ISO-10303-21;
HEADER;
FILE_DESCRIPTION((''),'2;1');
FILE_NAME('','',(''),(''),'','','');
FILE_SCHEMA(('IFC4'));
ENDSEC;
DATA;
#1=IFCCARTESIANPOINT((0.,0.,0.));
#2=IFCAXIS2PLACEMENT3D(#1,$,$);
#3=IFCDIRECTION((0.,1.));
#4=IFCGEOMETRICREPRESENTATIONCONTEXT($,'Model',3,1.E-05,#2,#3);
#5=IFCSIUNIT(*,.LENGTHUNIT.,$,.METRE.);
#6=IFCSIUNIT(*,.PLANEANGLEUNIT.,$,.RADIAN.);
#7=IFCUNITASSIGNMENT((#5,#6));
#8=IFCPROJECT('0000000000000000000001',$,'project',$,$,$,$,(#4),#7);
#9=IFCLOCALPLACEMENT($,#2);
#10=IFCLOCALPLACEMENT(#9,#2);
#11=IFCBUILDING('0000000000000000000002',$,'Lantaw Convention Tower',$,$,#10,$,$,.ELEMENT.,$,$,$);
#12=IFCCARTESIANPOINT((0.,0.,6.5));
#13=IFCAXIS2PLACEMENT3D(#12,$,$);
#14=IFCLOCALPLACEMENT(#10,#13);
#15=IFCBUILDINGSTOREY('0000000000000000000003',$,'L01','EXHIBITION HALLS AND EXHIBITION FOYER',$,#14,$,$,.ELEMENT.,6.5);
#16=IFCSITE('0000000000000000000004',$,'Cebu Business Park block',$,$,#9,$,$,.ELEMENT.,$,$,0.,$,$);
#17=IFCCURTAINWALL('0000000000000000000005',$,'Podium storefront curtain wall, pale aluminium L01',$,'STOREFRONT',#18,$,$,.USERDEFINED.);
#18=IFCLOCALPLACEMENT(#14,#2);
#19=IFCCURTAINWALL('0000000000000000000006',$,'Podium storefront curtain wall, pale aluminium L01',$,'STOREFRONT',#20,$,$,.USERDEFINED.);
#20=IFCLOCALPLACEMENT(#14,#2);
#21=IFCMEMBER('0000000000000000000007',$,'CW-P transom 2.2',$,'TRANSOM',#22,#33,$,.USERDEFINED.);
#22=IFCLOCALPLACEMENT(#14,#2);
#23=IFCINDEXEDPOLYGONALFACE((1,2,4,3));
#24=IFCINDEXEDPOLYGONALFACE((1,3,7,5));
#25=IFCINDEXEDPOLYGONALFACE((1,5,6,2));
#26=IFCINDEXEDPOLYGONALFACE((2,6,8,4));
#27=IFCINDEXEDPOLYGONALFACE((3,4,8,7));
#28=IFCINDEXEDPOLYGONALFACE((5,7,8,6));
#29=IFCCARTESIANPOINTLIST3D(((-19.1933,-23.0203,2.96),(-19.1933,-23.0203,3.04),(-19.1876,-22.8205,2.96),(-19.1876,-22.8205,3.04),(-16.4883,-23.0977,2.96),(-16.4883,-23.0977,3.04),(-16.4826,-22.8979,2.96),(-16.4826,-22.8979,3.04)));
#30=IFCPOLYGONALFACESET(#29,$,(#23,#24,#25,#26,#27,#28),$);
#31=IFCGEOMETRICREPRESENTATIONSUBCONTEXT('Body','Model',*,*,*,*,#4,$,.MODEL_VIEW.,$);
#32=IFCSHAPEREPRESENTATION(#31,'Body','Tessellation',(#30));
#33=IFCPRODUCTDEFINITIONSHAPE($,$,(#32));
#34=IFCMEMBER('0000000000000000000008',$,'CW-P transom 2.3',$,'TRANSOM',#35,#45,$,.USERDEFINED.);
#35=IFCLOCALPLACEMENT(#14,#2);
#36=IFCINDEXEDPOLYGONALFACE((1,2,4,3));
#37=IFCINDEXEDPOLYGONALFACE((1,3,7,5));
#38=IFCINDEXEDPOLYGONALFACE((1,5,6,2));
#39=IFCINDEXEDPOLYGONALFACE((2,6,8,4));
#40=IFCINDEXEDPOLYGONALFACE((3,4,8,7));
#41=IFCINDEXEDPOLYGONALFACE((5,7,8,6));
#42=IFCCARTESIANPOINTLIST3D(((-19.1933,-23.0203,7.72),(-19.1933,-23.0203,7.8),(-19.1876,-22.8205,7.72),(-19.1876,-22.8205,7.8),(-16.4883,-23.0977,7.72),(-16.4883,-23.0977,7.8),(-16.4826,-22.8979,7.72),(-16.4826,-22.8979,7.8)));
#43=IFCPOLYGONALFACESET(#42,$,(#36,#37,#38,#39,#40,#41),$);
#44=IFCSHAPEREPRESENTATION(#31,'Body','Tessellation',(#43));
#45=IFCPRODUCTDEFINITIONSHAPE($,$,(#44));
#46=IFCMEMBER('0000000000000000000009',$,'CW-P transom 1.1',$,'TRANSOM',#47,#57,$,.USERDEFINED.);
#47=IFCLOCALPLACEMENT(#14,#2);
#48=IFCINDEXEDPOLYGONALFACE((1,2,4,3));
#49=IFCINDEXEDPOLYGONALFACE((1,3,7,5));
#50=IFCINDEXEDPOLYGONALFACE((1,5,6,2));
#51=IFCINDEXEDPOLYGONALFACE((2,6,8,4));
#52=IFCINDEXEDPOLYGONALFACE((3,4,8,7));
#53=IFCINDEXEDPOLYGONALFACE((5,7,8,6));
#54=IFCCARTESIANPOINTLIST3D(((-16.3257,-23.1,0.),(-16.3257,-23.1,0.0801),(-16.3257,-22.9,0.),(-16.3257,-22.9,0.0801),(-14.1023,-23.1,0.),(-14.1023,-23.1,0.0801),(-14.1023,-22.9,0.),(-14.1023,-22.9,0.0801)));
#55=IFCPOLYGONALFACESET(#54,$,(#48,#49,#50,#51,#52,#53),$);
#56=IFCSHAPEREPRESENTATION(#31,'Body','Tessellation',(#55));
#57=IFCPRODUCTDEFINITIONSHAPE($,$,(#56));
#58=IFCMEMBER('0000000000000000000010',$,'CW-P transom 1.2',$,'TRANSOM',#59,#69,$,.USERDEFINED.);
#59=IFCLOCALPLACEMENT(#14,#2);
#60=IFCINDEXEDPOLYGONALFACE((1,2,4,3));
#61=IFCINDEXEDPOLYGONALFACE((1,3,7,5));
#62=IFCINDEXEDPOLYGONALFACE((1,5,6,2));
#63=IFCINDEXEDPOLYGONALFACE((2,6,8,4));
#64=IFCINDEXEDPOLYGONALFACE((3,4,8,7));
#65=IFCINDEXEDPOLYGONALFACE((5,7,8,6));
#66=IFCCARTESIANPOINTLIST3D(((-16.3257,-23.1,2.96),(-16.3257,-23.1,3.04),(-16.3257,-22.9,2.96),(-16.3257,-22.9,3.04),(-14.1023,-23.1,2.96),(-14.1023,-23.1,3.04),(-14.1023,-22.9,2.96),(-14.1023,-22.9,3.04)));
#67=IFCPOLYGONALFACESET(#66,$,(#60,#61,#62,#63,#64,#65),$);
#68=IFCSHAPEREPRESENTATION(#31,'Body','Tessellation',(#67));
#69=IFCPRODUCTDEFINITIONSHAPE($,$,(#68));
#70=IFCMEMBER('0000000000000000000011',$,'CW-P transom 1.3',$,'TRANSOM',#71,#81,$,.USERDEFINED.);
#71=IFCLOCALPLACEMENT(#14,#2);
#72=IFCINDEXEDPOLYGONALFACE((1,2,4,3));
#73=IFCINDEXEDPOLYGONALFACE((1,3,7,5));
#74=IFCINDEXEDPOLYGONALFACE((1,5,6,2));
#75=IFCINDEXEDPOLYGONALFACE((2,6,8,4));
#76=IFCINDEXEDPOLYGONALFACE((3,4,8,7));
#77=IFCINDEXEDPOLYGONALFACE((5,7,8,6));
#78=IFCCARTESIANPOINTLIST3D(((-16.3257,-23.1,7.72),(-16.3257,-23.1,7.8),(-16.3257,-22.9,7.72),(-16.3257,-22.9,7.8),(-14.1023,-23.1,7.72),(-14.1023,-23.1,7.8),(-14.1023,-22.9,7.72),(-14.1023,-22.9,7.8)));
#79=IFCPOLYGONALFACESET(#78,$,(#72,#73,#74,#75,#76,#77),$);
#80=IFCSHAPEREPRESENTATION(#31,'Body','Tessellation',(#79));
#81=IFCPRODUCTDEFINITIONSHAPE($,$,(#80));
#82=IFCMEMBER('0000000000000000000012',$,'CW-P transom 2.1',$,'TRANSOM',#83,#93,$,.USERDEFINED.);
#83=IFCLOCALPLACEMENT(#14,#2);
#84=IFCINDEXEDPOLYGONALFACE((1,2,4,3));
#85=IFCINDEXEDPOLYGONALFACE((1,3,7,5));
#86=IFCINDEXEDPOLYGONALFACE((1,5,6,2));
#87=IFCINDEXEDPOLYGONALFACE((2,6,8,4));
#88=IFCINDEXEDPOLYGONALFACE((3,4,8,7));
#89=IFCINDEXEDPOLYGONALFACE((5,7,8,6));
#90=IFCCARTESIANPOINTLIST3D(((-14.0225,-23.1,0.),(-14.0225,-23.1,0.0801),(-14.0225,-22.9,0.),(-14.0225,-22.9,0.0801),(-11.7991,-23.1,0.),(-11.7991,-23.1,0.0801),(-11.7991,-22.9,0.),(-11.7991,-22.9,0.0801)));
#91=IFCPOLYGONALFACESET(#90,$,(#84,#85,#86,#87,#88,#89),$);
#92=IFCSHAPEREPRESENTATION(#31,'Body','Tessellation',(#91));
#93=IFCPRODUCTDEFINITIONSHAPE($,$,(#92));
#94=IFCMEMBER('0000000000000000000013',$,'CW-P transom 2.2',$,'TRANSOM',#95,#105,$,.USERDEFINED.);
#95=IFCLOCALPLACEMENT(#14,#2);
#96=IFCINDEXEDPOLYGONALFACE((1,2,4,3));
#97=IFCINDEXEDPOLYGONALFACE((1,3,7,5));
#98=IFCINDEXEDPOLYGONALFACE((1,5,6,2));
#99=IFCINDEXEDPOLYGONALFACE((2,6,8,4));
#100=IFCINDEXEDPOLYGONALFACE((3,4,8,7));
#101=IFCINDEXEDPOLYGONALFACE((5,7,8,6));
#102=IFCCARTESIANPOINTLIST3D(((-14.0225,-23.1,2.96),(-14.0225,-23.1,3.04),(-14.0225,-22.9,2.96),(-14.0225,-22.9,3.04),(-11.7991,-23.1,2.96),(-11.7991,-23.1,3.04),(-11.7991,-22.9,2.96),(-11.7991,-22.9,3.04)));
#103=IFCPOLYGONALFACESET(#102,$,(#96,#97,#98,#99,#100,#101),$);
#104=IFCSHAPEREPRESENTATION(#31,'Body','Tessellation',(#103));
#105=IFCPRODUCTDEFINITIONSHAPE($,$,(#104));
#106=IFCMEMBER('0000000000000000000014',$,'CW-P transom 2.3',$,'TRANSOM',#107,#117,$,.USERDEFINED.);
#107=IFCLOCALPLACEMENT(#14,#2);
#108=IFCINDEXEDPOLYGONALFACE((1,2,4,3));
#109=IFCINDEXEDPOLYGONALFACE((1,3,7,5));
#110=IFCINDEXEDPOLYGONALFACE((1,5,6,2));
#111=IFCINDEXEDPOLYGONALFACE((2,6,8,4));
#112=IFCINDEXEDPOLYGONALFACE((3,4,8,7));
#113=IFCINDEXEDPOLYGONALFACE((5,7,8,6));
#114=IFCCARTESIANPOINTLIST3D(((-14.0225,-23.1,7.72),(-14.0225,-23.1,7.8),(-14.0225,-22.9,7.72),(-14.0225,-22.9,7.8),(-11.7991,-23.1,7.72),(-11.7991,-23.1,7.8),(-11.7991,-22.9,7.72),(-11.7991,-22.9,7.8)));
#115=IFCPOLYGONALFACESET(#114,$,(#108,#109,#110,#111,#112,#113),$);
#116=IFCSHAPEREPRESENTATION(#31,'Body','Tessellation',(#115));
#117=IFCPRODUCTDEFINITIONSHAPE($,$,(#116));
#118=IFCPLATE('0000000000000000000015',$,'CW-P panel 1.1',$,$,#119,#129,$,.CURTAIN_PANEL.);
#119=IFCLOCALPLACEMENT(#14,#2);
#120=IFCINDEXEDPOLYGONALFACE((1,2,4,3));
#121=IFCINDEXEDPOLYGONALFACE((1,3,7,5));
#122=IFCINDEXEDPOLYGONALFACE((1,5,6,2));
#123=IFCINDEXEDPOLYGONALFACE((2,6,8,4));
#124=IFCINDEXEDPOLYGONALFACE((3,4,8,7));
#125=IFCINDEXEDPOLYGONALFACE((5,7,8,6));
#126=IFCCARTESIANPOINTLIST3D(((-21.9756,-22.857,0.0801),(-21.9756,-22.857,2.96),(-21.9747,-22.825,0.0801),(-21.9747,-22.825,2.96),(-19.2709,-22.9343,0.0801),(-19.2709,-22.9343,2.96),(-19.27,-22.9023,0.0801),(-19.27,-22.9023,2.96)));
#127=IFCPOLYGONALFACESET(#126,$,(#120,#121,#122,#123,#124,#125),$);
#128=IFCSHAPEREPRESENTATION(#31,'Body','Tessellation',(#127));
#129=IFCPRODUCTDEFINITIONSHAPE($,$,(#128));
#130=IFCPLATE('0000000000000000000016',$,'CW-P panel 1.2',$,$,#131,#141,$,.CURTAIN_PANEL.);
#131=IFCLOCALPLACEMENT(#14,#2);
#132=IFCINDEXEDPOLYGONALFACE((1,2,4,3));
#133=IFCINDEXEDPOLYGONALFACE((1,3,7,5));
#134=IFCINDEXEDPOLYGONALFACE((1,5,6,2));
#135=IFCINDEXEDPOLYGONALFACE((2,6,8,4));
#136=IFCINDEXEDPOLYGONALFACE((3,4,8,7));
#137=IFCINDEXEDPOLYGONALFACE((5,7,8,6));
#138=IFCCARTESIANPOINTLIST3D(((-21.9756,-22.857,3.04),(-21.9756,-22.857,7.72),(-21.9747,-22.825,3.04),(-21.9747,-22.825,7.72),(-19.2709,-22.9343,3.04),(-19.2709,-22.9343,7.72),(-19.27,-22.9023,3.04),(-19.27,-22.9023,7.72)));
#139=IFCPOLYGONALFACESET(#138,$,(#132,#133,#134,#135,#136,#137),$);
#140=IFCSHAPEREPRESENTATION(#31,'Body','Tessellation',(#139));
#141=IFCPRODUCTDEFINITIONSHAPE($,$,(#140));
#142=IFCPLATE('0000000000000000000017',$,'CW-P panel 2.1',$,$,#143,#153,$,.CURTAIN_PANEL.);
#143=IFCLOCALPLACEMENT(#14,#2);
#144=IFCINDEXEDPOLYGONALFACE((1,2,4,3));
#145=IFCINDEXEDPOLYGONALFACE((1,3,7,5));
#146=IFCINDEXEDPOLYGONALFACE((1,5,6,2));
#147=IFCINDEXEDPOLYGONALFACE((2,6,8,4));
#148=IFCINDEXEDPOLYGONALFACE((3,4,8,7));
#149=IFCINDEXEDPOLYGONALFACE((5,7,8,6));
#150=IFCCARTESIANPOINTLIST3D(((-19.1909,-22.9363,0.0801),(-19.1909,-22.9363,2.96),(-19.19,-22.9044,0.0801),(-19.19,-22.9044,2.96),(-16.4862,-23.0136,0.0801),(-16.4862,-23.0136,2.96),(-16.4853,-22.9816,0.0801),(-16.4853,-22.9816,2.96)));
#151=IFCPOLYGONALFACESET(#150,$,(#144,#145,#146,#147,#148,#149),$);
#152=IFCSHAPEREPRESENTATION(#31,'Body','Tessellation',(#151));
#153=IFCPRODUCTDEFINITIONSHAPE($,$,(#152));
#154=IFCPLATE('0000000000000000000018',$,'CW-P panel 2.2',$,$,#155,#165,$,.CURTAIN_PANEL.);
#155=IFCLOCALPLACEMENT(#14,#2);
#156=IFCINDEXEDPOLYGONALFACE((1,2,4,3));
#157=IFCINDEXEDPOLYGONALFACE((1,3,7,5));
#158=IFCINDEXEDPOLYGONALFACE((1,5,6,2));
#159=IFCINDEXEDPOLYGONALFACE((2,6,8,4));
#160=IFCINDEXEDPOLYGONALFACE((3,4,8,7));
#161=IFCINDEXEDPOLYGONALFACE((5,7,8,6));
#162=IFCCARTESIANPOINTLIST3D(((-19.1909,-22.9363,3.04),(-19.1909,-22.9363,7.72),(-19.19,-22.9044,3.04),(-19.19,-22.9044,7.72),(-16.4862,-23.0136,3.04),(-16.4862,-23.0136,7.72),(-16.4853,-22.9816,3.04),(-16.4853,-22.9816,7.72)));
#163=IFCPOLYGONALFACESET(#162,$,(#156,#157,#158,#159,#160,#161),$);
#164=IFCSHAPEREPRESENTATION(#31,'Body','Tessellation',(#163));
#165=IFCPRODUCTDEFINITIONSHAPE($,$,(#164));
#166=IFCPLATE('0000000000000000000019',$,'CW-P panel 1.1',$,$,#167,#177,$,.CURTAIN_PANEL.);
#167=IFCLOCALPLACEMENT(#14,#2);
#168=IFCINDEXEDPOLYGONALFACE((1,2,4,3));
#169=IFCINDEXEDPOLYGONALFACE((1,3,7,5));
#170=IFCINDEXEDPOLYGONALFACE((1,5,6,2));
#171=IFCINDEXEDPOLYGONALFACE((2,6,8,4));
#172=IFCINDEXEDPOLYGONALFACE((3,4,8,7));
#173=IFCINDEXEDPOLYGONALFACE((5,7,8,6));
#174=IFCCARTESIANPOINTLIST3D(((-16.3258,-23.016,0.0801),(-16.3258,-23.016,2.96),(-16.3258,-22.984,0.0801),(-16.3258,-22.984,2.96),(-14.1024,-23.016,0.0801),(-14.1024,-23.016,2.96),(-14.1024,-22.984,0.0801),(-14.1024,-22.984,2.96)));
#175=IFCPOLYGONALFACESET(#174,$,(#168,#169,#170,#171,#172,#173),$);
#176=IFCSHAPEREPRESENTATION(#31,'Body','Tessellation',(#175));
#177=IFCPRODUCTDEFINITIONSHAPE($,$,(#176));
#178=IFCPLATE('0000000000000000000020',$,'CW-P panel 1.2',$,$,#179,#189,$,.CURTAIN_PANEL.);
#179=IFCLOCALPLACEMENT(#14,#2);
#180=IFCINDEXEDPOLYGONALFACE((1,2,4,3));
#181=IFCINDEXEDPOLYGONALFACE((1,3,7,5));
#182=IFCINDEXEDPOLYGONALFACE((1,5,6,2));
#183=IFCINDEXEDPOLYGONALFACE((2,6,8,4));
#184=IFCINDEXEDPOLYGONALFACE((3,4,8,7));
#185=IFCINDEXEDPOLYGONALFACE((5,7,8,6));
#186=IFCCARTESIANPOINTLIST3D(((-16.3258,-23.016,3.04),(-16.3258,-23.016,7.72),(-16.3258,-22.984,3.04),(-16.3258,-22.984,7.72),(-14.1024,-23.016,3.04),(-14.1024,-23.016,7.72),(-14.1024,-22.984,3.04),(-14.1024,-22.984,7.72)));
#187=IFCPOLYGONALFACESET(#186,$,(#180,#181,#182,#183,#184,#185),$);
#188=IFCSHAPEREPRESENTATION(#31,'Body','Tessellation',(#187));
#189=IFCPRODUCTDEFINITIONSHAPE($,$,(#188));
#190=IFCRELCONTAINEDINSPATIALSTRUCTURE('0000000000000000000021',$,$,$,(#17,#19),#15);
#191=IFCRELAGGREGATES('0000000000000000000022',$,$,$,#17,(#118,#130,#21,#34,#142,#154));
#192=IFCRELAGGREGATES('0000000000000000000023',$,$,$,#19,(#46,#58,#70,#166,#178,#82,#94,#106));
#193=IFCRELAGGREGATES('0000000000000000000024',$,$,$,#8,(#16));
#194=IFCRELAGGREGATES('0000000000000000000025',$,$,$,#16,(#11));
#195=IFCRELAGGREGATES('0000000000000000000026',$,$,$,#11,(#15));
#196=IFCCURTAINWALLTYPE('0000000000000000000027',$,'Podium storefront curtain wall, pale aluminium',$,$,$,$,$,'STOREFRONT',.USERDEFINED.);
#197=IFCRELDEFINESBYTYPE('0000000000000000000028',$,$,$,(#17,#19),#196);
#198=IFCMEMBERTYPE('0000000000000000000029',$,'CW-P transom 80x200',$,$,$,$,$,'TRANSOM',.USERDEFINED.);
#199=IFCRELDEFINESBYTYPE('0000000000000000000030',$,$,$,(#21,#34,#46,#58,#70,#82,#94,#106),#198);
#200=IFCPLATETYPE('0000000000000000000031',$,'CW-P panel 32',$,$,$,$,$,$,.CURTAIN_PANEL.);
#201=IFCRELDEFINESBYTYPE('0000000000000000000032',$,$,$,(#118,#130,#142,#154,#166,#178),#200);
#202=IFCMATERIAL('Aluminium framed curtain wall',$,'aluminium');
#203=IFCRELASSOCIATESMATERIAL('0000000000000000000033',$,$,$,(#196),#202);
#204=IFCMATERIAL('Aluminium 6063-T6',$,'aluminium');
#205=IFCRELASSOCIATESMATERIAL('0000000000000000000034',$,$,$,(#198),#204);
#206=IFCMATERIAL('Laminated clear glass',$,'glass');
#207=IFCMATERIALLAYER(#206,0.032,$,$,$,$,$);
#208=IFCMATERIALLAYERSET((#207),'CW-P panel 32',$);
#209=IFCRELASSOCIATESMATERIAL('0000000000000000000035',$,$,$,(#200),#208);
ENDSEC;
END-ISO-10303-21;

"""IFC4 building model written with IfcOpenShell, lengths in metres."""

from ifc_helpers import new_model, si_unit, direction, frame, origin, origin_2d, place, context, subcontext, project, spatial, rectangle, extrude, material, layer, layer_set, material_profile, profile_set, type_object, element, aggregate, save


model = new_model("IFC4")

# Units and contexts
model_context = context("Model", 3, precision=1e-05, world=origin(), true_north=direction((0.0, 1.0)))
body_context = subcontext(model_context, "Body", "Model", "MODEL_VIEW")
ifc_project = project(units=[si_unit("LENGTHUNIT", "METRE"), si_unit("PLANEANGLEUNIT", "RADIAN")], contexts=[model_context])

# Site, building, storey
site_placement = place(None, origin())
site = spatial("IfcSite", under=ifc_project, at=site_placement, Name="Cebu Business Park block", CompositionType="ELEMENT", RefElevation=0.0)
building_placement = place(site_placement, origin())
building = spatial("IfcBuilding", under=site, at=building_placement, Name="Lantaw Convention Tower", CompositionType="ELEMENT")
storey_placement = place(building_placement, frame((0.0, 0.0, 6.5)))
storey = spatial("IfcBuildingStorey", under=building, at=storey_placement, Name="L01", Description="EXHIBITION HALLS AND EXHIBITION FOYER", CompositionType="ELEMENT", Elevation=6.5)

# Curtain walls
ifc_material_1 = material(Name="Aluminium framed curtain wall", Category="aluminium")
curtain_wall_type = type_object("IfcCurtainWallType", Name="Podium storefront curtain wall, pale aluminium", ElementType="STOREFRONT", PredefinedType="USERDEFINED", material=ifc_material_1)
curtain_wall_1_placement = place(storey_placement, origin())
curtain_wall_1 = element("IfcCurtainWall", 1, at=curtain_wall_1_placement, inside=storey, type_object=curtain_wall_type, Name="Podium storefront curtain wall, pale aluminium L01", ObjectType="STOREFRONT", PredefinedType="USERDEFINED")
ifc_material_2 = material(Name="Aluminium 6063-T6", Category="aluminium")
curtain_wall_2_placement = place(storey_placement, origin())
curtain_wall_2 = element("IfcCurtainWall", 2, at=curtain_wall_2_placement, inside=storey, type_object=curtain_wall_type, Name="Podium storefront curtain wall, pale aluminium L01", ObjectType="STOREFRONT", PredefinedType="USERDEFINED")

# Members
ifc_material_profile_1 = material_profile(ifc_material_2, rectangle(XDim=0.2, YDim=0.0801, at=origin_2d()), Name="CW-P transom 80x200")
ifc_profile_set_1 = profile_set([ifc_material_profile_1], Name="Aluminium 6063-T6")
member_type_1 = type_object("IfcMemberType", Name="CW-P transom 80x200", ElementType="TRANSOM", PredefinedType="USERDEFINED", material=ifc_profile_set_1)
member_1_placement = place(storey_placement, frame((-19.1904, -22.9204, 3.0), z_axis=(0.999591, -0.028601, 0.0), x_axis=(0.028601, 0.999591, 0.0)))
member_1 = element("IfcMember", 3, at=member_1_placement, type_object=member_type_1, Name="CW-P transom 2.2", ObjectType="TRANSOM", PredefinedType="USERDEFINED", context=body_context, shape_type="SweptSolid", body=[
    extrude(rectangle(XDim=0.2, YDim=0.0801, at=origin_2d()), origin(), (0.0, 0.0, 1.0), 2.7061),
])
member_2_placement = place(storey_placement, frame((-19.1904, -22.9204, 7.76), z_axis=(0.999591, -0.028601, 0.0), x_axis=(0.028601, 0.999591, 0.0)))
member_2 = element("IfcMember", 4, at=member_2_placement, type_object=member_type_1, Name="CW-P transom 2.3", ObjectType="TRANSOM", PredefinedType="USERDEFINED", context=body_context, shape_type="SweptSolid", body=[
    extrude(rectangle(XDim=0.2, YDim=0.0801, at=origin_2d()), origin(), (0.0, 0.0, 1.0), 2.7061),
])
member_3_placement = place(storey_placement, frame((-16.3257, -23.0, 0.04), z_axis=(1.0, 0.0, 0.0), x_axis=(0.0, 1.0, 0.0)))
member_3 = element("IfcMember", 5, at=member_3_placement, type_object=member_type_1, Name="CW-P transom 1.1", ObjectType="TRANSOM", PredefinedType="USERDEFINED", context=body_context, shape_type="SweptSolid", body=[
    extrude(rectangle(XDim=0.2, YDim=0.0801, at=origin_2d()), origin(), (0.0, 0.0, 1.0), 2.2234),
])
member_4_placement = place(storey_placement, frame((-16.3257, -23.0, 3.0), z_axis=(1.0, 0.0, 0.0), x_axis=(0.0, 1.0, 0.0)))
member_4 = element("IfcMember", 6, at=member_4_placement, type_object=member_type_1, Name="CW-P transom 1.2", ObjectType="TRANSOM", PredefinedType="USERDEFINED", context=body_context, shape_type="SweptSolid", body=[
    extrude(rectangle(XDim=0.2, YDim=0.0801, at=origin_2d()), origin(), (0.0, 0.0, 1.0), 2.2234),
])
member_5_placement = place(storey_placement, frame((-16.3257, -23.0, 7.76), z_axis=(1.0, 0.0, 0.0), x_axis=(0.0, 1.0, 0.0)))
member_5 = element("IfcMember", 7, at=member_5_placement, type_object=member_type_1, Name="CW-P transom 1.3", ObjectType="TRANSOM", PredefinedType="USERDEFINED", context=body_context, shape_type="SweptSolid", body=[
    extrude(rectangle(XDim=0.2, YDim=0.0801, at=origin_2d()), origin(), (0.0, 0.0, 1.0), 2.2234),
])
member_6_placement = place(storey_placement, frame((-14.0225, -23.0, 0.04), z_axis=(1.0, 0.0, 0.0), x_axis=(0.0, 1.0, 0.0)))
member_6 = element("IfcMember", 8, at=member_6_placement, type_object=member_type_1, Name="CW-P transom 2.1", ObjectType="TRANSOM", PredefinedType="USERDEFINED", context=body_context, shape_type="SweptSolid", body=[
    extrude(rectangle(XDim=0.2, YDim=0.0801, at=origin_2d()), origin(), (0.0, 0.0, 1.0), 2.2234),
])
member_7_placement = place(storey_placement, frame((-14.0225, -23.0, 3.0), z_axis=(1.0, 0.0, 0.0), x_axis=(0.0, 1.0, 0.0)))
member_7 = element("IfcMember", 9, at=member_7_placement, type_object=member_type_1, Name="CW-P transom 2.2", ObjectType="TRANSOM", PredefinedType="USERDEFINED", context=body_context, shape_type="SweptSolid", body=[
    extrude(rectangle(XDim=0.2, YDim=0.0801, at=origin_2d()), origin(), (0.0, 0.0, 1.0), 2.2234),
])
member_8_placement = place(storey_placement, frame((-14.0225, -23.0, 7.76), z_axis=(1.0, 0.0, 0.0), x_axis=(0.0, 1.0, 0.0)))
member_8 = element("IfcMember", 10, at=member_8_placement, type_object=member_type_1, Name="CW-P transom 2.3", ObjectType="TRANSOM", PredefinedType="USERDEFINED", context=body_context, shape_type="SweptSolid", body=[
    extrude(rectangle(XDim=0.2, YDim=0.0801, at=origin_2d()), origin(), (0.0, 0.0, 1.0), 2.2234),
])

# Plates
ifc_material_3 = material(Name="Laminated clear glass", Category="glass")
ifc_layer = layer(ifc_material_3, 0.032)
ifc_layer_set = layer_set([ifc_layer], Name="CW-P panel 32")
plate_type = type_object("IfcPlateType", Name="CW-P panel 32", PredefinedType="CURTAIN_PANEL", material=ifc_layer_set)
plate_1_placement = place(storey_placement, frame((-20.6228, -22.8796, 0.0801), z_axis=(0.0, 0.0, 1.0), x_axis=(0.999592, -0.028552, 0.0)))
plate_1 = element("IfcPlate", 11, at=plate_1_placement, type_object=plate_type, Name="CW-P panel 1.1", PredefinedType="CURTAIN_PANEL", context=body_context, shape_type="SweptSolid", body=[
    extrude(rectangle(XDim=2.7058, YDim=0.032, at=origin_2d()), origin(), (0.0, 0.0, 1.0), 2.8799),
])
plate_2_placement = place(storey_placement, frame((-20.6228, -22.8796, 3.04), z_axis=(0.0, 0.0, 1.0), x_axis=(0.999592, -0.028552, 0.0)))
plate_2 = element("IfcPlate", 12, at=plate_2_placement, type_object=plate_type, Name="CW-P panel 1.2", PredefinedType="CURTAIN_PANEL", context=body_context, shape_type="SweptSolid", body=[
    extrude(rectangle(XDim=2.7058, YDim=0.032, at=origin_2d()), origin(), (0.0, 0.0, 1.0), 4.6799),
])
plate_3_placement = place(storey_placement, frame((-17.8381, -22.959, 0.0801), z_axis=(0.0, 0.0, 1.0), x_axis=(0.999592, -0.028552, 0.0)))
plate_3 = element("IfcPlate", 13, at=plate_3_placement, type_object=plate_type, Name="CW-P panel 2.1", PredefinedType="CURTAIN_PANEL", context=body_context, shape_type="SweptSolid", body=[
    extrude(rectangle(XDim=2.7058, YDim=0.032, at=origin_2d()), origin(), (0.0, 0.0, 1.0), 2.8799),
])
plate_4_placement = place(storey_placement, frame((-17.8381, -22.959, 3.04), z_axis=(0.0, 0.0, 1.0), x_axis=(0.999592, -0.028552, 0.0)))
plate_4 = element("IfcPlate", 14, at=plate_4_placement, type_object=plate_type, Name="CW-P panel 2.2", PredefinedType="CURTAIN_PANEL", context=body_context, shape_type="SweptSolid", body=[
    extrude(rectangle(XDim=2.7058, YDim=0.032, at=origin_2d()), origin(), (0.0, 0.0, 1.0), 4.6799),
])
aggregate(curtain_wall_1, [plate_1, plate_2, member_1, member_2, plate_3, plate_4])
plate_5_placement = place(storey_placement, frame((-15.2141, -23.0, 0.0801), z_axis=(0.0, 0.0, 1.0), x_axis=(1.0, 0.0, 0.0)))
plate_5 = element("IfcPlate", 15, at=plate_5_placement, type_object=plate_type, Name="CW-P panel 1.1", PredefinedType="CURTAIN_PANEL", context=body_context, shape_type="SweptSolid", body=[
    extrude(rectangle(XDim=2.2234, YDim=0.032, at=origin_2d()), origin(), (0.0, 0.0, 1.0), 2.8799),
])
plate_6_placement = place(storey_placement, frame((-15.2141, -23.0, 3.04), z_axis=(0.0, 0.0, 1.0), x_axis=(1.0, 0.0, 0.0)))
plate_6 = element("IfcPlate", 16, at=plate_6_placement, type_object=plate_type, Name="CW-P panel 1.2", PredefinedType="CURTAIN_PANEL", context=body_context, shape_type="SweptSolid", body=[
    extrude(rectangle(XDim=2.2234, YDim=0.032, at=origin_2d()), origin(), (0.0, 0.0, 1.0), 4.6799),
])
aggregate(curtain_wall_2, [member_3, member_4, member_5, plate_5, plate_6, member_6, member_7, member_8])

save(model, "model.ifc")
